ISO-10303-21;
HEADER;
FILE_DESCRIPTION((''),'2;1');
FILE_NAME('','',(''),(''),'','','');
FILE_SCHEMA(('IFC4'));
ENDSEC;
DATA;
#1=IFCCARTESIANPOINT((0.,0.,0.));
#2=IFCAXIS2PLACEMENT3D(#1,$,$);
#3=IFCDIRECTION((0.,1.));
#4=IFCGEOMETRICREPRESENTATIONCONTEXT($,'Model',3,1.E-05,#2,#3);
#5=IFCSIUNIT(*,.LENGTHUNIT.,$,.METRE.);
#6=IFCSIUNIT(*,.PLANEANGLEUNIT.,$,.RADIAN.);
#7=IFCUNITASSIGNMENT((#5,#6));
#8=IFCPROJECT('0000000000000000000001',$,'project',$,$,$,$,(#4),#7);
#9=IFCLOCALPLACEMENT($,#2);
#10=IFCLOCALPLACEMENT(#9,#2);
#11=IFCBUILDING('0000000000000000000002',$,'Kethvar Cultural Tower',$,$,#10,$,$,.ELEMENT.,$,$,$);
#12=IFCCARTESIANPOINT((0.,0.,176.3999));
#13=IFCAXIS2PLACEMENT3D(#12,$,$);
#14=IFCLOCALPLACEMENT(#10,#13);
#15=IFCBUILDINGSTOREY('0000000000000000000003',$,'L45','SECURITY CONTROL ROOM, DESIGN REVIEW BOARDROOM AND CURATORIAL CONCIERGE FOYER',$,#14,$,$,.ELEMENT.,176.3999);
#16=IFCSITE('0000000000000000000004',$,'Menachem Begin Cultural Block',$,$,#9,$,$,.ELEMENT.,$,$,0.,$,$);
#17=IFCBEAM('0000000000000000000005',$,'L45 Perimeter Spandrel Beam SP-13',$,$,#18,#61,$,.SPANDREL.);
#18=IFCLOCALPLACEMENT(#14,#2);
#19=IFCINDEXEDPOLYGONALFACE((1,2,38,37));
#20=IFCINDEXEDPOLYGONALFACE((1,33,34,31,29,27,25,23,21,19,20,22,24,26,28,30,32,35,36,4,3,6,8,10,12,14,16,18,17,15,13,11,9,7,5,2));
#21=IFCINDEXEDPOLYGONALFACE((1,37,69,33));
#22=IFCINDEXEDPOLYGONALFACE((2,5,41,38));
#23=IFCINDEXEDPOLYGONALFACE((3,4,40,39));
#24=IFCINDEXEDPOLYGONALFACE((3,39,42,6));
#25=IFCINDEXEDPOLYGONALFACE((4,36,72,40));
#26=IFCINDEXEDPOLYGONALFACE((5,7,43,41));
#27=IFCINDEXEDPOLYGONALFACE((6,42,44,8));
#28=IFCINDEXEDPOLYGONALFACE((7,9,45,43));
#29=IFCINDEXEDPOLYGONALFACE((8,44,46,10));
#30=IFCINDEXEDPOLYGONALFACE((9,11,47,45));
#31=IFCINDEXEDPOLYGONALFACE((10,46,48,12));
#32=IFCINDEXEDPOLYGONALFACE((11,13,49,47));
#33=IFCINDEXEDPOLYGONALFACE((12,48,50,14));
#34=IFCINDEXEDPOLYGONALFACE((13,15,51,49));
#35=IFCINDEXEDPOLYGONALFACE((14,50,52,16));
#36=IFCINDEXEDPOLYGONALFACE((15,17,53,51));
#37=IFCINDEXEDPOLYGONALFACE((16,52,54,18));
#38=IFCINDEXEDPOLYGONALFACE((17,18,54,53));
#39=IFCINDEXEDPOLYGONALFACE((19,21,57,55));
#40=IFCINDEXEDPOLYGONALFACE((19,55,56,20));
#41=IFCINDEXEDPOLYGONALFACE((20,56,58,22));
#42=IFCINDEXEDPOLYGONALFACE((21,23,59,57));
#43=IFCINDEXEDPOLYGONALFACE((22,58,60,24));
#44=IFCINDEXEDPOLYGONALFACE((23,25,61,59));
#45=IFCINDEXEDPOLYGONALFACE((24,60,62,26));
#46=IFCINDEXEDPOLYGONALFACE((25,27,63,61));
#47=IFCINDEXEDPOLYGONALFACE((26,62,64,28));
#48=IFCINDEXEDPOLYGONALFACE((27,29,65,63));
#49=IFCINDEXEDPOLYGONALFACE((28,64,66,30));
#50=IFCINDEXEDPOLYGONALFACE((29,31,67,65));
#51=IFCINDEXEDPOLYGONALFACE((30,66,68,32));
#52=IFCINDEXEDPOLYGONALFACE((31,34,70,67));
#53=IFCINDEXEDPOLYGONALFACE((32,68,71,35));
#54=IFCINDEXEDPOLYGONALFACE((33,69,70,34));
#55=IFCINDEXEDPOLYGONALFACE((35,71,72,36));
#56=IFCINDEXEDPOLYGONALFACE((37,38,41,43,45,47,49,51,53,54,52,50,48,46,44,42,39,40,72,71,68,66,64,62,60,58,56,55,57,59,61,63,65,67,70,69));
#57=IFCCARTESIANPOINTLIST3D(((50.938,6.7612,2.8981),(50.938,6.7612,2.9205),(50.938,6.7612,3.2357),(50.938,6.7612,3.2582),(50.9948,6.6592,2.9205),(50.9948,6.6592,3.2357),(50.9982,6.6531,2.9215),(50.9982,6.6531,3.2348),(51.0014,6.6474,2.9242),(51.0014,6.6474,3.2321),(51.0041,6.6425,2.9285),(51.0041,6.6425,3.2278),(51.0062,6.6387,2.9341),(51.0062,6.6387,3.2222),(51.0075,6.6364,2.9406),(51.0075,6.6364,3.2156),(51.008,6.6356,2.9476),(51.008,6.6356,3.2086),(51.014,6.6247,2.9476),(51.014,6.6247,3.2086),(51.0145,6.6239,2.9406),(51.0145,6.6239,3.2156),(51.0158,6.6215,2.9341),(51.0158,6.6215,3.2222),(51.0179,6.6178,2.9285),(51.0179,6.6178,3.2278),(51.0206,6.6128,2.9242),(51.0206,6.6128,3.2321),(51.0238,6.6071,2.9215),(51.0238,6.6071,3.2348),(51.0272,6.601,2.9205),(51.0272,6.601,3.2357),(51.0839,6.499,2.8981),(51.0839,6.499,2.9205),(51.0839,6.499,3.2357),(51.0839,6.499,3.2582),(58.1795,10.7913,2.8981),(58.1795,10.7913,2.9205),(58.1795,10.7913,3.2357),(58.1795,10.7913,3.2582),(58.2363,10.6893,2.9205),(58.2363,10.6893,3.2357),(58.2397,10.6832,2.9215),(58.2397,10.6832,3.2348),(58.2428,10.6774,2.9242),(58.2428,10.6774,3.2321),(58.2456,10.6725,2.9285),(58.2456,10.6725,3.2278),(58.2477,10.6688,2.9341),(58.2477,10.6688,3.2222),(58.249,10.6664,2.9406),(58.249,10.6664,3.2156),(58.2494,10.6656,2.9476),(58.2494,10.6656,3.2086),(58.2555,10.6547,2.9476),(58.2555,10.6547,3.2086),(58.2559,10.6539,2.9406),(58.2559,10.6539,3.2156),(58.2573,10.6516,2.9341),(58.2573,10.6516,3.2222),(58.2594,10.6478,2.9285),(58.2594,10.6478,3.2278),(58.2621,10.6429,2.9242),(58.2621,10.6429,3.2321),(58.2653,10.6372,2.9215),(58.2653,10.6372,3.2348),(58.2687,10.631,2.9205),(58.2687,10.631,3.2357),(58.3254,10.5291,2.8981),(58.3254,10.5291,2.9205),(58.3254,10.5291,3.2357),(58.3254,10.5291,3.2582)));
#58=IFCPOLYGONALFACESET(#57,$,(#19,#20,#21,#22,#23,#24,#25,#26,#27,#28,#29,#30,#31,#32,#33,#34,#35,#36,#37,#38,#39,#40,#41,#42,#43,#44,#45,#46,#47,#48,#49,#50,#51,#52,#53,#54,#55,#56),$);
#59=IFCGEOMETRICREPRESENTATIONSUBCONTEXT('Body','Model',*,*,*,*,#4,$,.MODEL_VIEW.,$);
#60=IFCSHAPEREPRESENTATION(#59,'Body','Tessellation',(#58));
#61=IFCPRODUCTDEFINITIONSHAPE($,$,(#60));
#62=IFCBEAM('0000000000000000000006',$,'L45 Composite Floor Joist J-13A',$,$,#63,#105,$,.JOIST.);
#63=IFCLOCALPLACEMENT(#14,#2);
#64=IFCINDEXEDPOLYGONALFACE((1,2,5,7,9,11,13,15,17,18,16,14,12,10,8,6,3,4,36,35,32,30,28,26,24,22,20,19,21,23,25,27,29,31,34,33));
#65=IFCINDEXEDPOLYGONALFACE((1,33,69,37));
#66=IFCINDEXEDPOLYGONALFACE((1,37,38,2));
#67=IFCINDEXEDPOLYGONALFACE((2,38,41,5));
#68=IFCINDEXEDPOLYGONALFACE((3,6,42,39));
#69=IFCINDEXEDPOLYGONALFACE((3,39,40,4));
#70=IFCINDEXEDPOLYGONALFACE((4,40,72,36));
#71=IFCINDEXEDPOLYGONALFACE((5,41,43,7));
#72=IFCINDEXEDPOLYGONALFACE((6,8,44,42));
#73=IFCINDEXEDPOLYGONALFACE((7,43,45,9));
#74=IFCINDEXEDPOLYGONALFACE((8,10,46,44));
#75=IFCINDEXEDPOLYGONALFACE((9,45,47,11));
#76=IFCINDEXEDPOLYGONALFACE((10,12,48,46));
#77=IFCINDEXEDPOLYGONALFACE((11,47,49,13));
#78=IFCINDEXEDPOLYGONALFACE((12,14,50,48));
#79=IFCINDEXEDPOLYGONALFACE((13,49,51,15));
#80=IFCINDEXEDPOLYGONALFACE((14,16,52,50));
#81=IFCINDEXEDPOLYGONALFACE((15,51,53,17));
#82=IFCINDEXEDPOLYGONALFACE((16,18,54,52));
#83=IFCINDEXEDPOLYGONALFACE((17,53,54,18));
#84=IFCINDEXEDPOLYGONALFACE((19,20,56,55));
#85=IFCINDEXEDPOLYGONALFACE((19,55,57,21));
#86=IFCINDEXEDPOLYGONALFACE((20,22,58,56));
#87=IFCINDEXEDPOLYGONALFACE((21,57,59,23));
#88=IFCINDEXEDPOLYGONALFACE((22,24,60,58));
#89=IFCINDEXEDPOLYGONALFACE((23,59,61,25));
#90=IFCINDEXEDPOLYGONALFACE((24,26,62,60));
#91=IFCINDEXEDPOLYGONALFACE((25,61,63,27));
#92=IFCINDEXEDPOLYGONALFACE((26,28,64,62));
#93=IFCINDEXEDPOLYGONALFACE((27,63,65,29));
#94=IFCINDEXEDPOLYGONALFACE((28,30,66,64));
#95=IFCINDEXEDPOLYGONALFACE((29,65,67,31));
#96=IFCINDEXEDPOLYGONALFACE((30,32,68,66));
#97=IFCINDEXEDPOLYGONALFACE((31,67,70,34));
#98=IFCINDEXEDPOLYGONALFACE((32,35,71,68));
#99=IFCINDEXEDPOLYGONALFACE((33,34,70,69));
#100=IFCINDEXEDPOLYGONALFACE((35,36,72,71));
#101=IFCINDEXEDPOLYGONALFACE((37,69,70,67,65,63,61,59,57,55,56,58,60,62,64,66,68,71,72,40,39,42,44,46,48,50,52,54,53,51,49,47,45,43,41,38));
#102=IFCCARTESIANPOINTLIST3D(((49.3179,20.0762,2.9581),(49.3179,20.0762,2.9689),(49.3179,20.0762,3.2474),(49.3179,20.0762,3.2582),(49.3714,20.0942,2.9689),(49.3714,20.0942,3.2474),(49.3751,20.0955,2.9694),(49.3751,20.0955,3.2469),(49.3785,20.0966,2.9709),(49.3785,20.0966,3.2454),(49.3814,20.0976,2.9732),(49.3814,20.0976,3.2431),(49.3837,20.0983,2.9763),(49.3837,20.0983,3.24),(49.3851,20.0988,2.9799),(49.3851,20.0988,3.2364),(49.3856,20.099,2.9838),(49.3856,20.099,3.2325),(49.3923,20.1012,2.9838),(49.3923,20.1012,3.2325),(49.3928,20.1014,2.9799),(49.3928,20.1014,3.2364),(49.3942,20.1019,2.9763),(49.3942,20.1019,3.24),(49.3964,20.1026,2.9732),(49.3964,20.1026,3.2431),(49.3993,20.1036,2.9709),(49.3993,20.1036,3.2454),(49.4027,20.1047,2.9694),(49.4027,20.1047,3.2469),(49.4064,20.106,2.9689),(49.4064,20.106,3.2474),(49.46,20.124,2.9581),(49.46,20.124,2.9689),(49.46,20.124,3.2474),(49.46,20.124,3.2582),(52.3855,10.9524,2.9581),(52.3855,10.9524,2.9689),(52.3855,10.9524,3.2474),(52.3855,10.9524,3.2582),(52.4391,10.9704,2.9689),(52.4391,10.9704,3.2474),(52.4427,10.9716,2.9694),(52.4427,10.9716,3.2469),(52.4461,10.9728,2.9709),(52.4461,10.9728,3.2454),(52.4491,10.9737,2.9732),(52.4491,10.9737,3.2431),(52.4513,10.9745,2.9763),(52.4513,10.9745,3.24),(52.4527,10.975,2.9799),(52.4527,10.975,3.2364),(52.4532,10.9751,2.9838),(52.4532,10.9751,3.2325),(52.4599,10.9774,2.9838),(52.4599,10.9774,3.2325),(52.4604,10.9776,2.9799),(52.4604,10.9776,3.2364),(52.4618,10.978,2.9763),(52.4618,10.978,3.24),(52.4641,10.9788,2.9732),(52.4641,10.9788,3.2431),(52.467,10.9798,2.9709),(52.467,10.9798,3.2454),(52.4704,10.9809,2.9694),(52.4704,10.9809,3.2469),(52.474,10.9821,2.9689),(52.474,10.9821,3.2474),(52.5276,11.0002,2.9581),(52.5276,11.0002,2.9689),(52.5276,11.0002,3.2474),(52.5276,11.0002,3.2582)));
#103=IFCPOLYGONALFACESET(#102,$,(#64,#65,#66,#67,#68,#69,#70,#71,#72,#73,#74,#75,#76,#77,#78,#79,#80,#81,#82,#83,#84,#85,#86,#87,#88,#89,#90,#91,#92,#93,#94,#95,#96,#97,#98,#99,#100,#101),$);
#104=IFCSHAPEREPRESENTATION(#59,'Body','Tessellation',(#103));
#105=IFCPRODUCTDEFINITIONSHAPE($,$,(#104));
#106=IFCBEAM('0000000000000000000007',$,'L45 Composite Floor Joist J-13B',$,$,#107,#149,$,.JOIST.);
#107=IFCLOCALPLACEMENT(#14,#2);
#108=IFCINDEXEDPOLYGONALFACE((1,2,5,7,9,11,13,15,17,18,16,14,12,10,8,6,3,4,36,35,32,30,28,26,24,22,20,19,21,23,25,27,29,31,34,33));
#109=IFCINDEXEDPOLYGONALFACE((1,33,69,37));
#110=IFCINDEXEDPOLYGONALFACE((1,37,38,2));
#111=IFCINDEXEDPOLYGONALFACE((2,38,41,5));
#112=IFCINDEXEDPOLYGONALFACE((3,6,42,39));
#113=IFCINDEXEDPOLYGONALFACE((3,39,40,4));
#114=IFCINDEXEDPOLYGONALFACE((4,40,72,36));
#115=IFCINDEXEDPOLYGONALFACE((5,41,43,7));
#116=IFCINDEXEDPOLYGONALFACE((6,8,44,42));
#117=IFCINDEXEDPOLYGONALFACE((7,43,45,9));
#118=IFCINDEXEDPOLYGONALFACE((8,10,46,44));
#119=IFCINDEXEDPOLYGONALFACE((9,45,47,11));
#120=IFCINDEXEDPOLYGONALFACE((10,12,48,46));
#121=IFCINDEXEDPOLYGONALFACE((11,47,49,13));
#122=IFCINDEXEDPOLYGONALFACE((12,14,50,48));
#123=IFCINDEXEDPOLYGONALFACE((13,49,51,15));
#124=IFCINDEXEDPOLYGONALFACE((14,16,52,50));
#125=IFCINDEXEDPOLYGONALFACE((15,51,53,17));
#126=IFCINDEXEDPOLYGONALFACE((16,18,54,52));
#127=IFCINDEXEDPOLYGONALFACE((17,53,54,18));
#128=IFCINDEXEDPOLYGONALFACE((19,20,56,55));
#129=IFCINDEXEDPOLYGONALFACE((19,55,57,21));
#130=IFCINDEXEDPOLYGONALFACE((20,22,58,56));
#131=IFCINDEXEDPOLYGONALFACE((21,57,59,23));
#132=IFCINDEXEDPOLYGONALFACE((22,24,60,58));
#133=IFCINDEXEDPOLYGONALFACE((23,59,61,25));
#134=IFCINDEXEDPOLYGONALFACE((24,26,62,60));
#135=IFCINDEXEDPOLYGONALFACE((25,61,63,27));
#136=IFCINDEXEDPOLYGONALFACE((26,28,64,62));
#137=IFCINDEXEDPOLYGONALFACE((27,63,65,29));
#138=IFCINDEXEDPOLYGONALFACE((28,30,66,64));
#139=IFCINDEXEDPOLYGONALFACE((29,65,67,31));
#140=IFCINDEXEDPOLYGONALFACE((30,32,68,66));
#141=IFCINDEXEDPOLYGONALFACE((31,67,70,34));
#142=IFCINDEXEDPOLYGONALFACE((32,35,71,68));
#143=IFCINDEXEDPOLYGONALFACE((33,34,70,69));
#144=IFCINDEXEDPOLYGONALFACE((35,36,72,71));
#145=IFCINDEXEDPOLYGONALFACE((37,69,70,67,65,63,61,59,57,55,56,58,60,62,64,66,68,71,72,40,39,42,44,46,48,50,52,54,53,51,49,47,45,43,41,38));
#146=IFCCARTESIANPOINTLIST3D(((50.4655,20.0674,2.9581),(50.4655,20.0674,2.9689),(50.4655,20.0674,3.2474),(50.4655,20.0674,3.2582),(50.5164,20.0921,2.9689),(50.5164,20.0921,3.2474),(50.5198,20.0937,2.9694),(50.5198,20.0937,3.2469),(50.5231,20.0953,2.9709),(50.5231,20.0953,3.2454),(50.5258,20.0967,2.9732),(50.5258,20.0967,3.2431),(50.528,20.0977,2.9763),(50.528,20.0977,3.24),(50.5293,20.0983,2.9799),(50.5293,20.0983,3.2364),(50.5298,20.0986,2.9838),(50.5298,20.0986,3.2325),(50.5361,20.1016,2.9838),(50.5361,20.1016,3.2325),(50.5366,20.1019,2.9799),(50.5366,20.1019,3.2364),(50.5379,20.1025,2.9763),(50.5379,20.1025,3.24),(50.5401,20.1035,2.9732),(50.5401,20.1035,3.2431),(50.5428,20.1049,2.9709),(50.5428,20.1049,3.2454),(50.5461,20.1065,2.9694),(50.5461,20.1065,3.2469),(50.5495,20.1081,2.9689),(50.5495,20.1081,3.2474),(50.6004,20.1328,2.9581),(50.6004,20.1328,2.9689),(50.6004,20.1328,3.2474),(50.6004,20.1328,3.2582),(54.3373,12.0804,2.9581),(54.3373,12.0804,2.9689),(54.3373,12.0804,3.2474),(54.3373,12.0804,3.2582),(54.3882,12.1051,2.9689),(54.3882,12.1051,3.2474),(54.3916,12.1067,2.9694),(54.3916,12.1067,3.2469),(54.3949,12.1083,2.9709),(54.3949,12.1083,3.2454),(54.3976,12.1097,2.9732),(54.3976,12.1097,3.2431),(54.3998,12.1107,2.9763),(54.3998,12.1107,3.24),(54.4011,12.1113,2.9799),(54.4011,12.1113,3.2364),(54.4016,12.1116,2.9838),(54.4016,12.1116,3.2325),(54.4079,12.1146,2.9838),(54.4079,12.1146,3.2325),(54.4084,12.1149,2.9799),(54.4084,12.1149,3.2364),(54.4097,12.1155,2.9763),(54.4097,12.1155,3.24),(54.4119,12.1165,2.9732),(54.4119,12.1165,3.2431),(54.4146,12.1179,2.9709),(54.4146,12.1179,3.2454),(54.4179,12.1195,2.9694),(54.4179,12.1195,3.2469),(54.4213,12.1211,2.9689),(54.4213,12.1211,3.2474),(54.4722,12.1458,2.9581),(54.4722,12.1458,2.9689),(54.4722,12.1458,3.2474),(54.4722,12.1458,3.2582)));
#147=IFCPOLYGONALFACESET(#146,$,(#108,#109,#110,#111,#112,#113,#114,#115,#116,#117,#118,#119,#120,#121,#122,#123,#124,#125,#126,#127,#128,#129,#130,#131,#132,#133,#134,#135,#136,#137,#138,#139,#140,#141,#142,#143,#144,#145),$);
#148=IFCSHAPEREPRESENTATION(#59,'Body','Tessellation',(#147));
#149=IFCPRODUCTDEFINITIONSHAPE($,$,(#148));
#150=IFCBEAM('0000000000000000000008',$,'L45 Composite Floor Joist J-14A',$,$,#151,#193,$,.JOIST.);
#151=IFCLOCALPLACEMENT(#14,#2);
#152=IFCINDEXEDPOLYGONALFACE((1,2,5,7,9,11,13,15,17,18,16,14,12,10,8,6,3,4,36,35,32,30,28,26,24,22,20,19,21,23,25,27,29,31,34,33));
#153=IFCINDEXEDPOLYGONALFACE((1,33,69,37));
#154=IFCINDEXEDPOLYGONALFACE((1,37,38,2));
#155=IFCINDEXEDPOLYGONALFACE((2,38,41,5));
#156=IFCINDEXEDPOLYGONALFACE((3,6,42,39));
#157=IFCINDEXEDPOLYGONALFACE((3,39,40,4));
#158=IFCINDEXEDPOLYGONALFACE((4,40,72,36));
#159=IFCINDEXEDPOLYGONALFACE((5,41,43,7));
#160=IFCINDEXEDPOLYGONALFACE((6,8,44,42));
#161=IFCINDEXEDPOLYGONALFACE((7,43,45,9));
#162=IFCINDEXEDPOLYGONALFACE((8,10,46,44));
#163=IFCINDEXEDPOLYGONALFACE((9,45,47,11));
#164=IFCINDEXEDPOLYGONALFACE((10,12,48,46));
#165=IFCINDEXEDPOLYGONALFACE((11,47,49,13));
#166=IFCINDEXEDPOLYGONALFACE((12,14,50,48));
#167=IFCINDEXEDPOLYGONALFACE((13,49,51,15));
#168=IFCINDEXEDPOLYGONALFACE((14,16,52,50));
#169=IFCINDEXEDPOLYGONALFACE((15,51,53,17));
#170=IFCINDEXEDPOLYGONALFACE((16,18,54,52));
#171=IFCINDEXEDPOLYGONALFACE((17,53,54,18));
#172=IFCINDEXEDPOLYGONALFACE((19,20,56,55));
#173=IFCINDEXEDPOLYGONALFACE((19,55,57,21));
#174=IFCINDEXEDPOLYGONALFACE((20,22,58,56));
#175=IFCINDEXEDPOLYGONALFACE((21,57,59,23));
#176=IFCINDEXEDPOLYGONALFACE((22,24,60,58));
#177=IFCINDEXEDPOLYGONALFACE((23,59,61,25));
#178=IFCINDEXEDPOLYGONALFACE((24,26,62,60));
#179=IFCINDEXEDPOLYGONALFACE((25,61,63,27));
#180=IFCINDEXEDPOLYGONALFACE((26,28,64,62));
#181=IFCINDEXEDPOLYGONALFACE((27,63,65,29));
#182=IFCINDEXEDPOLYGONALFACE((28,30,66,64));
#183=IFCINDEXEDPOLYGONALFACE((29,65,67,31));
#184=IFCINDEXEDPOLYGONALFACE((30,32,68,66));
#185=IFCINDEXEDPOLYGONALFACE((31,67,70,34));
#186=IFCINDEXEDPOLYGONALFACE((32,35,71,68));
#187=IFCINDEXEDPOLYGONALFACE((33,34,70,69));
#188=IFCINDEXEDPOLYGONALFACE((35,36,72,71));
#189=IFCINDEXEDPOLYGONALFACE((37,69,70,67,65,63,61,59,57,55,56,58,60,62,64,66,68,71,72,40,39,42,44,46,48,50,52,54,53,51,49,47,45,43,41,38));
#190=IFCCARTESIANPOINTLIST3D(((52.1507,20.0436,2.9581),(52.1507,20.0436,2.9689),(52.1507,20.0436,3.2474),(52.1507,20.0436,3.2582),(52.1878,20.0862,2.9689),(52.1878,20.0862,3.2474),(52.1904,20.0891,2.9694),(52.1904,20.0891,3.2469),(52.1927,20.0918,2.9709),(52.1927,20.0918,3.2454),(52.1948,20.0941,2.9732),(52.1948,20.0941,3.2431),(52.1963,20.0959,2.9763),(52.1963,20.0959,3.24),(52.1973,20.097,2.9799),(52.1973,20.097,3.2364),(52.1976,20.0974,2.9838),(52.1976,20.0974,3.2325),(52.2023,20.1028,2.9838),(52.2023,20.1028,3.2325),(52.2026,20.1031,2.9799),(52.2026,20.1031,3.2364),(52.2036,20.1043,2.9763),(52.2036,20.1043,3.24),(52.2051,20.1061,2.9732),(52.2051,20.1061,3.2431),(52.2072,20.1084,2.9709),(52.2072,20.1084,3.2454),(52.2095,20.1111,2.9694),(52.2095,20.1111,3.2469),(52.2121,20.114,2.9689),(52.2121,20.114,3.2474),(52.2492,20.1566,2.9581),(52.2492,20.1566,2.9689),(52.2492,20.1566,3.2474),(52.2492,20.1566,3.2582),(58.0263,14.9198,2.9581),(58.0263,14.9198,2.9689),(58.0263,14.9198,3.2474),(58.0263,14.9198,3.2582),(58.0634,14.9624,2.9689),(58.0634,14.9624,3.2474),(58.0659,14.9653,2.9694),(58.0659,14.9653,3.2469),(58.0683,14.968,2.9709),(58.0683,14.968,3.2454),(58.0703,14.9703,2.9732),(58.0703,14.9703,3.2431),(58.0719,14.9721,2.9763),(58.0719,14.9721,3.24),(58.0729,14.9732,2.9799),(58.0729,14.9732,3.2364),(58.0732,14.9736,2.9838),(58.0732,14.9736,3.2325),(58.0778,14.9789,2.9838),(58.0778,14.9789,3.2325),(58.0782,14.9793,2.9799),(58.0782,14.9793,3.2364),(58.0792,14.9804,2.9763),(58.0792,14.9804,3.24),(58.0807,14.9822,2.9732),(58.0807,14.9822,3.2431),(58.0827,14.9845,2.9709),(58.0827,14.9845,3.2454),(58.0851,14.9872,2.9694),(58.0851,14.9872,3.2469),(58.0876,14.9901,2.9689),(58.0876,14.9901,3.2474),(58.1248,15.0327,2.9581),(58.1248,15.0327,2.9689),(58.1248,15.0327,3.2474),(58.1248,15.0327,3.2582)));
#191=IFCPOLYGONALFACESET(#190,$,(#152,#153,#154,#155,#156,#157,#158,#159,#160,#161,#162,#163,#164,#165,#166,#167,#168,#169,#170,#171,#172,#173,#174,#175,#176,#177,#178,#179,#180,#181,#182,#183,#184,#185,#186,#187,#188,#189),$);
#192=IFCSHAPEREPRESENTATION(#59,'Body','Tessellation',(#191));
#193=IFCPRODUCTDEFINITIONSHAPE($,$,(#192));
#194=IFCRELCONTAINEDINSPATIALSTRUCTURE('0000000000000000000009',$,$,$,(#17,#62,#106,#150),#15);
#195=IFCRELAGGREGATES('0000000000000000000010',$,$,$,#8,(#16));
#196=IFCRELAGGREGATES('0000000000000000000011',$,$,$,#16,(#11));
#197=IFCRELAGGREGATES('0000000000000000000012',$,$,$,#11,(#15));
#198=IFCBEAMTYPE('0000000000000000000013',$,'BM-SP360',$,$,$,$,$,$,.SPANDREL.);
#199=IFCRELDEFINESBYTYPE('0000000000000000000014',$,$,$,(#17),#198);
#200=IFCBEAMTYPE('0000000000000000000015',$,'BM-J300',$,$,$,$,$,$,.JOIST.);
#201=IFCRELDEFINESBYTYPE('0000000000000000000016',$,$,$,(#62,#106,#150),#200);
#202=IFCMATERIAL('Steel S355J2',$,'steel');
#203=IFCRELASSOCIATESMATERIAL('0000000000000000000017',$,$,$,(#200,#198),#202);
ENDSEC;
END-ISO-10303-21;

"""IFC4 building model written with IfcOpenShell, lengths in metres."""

from ifc_helpers import new_model, si_unit, direction, frame, origin, origin_2d, place, context, subcontext, project, spatial, i_section, extrude, source, transform, mapped, material, material_profile, profile_set, type_object, element, save


model = new_model("IFC4")

# Units and contexts
model_context = context("Model", 3, precision=1e-05, world=origin(), true_north=direction((0.0, 1.0)))
body_context = subcontext(model_context, "Body", "Model", "MODEL_VIEW")
ifc_project = project(units=[si_unit("LENGTHUNIT", "METRE"), si_unit("PLANEANGLEUNIT", "RADIAN")], contexts=[model_context])

# Site, building, storey
site_placement = place(None, origin())
site = spatial("IfcSite", under=ifc_project, at=site_placement, Name="Menachem Begin Cultural Block", CompositionType="ELEMENT", RefElevation=0.0)
building_placement = place(site_placement, origin())
building = spatial("IfcBuilding", under=site, at=building_placement, Name="Kethvar Cultural Tower", CompositionType="ELEMENT")
storey_placement = place(building_placement, frame((0.0, 0.0, 176.3999)))
storey = spatial("IfcBuildingStorey", under=building, at=storey_placement, Name="L45", Description="SECURITY CONTROL ROOM, DESIGN REVIEW BOARDROOM AND CURATORIAL CONCIERGE FOYER", CompositionType="ELEMENT", Elevation=176.3999)

# Beams
ifc_material_1 = material(Name="Steel S355J2", Category="steel")
ifc_material_profile_1 = material_profile(ifc_material_1, i_section(OverallWidth=0.1499, OverallDepth=0.3, WebThickness=0.0071, FlangeThickness=0.0107, FilletRadius=0.0149, at=origin_2d()), Name="Steel S355J2 — IPE300")
ifc_profile_set_1 = profile_set([ifc_material_profile_1], Name="Steel S355J2 — IPE300")
beam_type_1 = type_object("IfcBeamType", Name="BM-J300", PredefinedType="JOIST", material=ifc_profile_set_1)
ifc_material_profile_2 = material_profile(ifc_material_1, i_section(OverallWidth=0.3, OverallDepth=0.3601, WebThickness=0.0125, FlangeThickness=0.0225, FilletRadius=0.0271, at=origin_2d()), Name="Steel S355J2 — HEB360")
ifc_profile_set_2 = profile_set([ifc_material_profile_2], Name="Steel S355J2 — HEB360")
beam_type_2 = type_object("IfcBeamType", Name="BM-SP360", PredefinedType="SPANDREL", material=ifc_profile_set_2)
shared_shape_1 = source(origin(), body_context, "Body", "SweptSolid", [
    extrude(i_section(OverallWidth=0.3, OverallDepth=0.3601, WebThickness=0.0125, FlangeThickness=0.0225, FilletRadius=0.0271, at=origin_2d()), origin(), (0.0, 0.0, 1.0), 8.2874),
])
beam_1_placement = place(storey_placement, frame((51.011, 6.6301, 3.0781), z_axis=(0.873799, 0.486288, 0.0), x_axis=(-0.486288, 0.873799, 0.0)))
element("IfcBeam", 1, at=beam_1_placement, inside=storey, type_object=beam_type_2, Name="L45 Perimeter Spandrel Beam SP-13", PredefinedType="SPANDREL", context=body_context, shape_type="MappedRepresentation", body=[
    mapped(shared_shape_1, transform((0.0, 0.0, 0.0), scale=1.0)),
])
shared_shape_2 = source(origin(), body_context, "Body", "SweptSolid", [
    extrude(i_section(OverallWidth=0.1499, OverallDepth=0.3, WebThickness=0.0071, FlangeThickness=0.0107, FilletRadius=0.0149, at=origin_2d()), origin(), (0.0, 0.0, 1.0), 9.6257),
])
beam_2_placement = place(storey_placement, frame((49.3889, 20.1001, 3.1082), z_axis=(0.318692, -0.947858, 0.0), x_axis=(0.947858, 0.318692, 0.0)))
element("IfcBeam", 2, at=beam_2_placement, inside=storey, type_object=beam_type_1, Name="L45 Composite Floor Joist J-13A", PredefinedType="JOIST", context=body_context, shape_type="MappedRepresentation", body=[
    mapped(shared_shape_2, transform((0.0, 0.0, 0.0), scale=1.0)),
])
shared_shape_3 = source(origin(), body_context, "Body", "SweptSolid", [
    extrude(i_section(OverallWidth=0.1499, OverallDepth=0.3, WebThickness=0.0071, FlangeThickness=0.0107, FilletRadius=0.0149, at=origin_2d()), origin(), (0.0, 0.0, 1.0), 8.876),
])
beam_3_placement = place(storey_placement, frame((50.533, 20.1001, 3.1082), z_axis=(0.436211, -0.899845, 0.0), x_axis=(0.899845, 0.436211, 0.0)))
element("IfcBeam", 3, at=beam_3_placement, inside=storey, type_object=beam_type_1, Name="L45 Composite Floor Joist J-13B", PredefinedType="JOIST", context=body_context, shape_type="MappedRepresentation", body=[
    mapped(shared_shape_3, transform((0.0, 0.0, 0.0), scale=1.0)),
])
shared_shape_4 = source(origin(), body_context, "Body", "SweptSolid", [
    extrude(i_section(OverallWidth=0.1499, OverallDepth=0.3, WebThickness=0.0071, FlangeThickness=0.0107, FilletRadius=0.0149, at=origin_2d()), origin(), (0.0, 0.0, 1.0), 7.7959),
])
beam_4_placement = place(storey_placement, frame((52.2, 20.1001, 3.1082), z_axis=(0.753674, -0.657249, 0.0), x_axis=(0.657249, 0.753674, 0.0)))
element("IfcBeam", 4, at=beam_4_placement, inside=storey, type_object=beam_type_1, Name="L45 Composite Floor Joist J-14A", PredefinedType="JOIST", context=body_context, shape_type="MappedRepresentation", body=[
    mapped(shared_shape_4, transform((0.0, 0.0, 0.0), scale=1.0)),
])

save(model, "model.ifc")
